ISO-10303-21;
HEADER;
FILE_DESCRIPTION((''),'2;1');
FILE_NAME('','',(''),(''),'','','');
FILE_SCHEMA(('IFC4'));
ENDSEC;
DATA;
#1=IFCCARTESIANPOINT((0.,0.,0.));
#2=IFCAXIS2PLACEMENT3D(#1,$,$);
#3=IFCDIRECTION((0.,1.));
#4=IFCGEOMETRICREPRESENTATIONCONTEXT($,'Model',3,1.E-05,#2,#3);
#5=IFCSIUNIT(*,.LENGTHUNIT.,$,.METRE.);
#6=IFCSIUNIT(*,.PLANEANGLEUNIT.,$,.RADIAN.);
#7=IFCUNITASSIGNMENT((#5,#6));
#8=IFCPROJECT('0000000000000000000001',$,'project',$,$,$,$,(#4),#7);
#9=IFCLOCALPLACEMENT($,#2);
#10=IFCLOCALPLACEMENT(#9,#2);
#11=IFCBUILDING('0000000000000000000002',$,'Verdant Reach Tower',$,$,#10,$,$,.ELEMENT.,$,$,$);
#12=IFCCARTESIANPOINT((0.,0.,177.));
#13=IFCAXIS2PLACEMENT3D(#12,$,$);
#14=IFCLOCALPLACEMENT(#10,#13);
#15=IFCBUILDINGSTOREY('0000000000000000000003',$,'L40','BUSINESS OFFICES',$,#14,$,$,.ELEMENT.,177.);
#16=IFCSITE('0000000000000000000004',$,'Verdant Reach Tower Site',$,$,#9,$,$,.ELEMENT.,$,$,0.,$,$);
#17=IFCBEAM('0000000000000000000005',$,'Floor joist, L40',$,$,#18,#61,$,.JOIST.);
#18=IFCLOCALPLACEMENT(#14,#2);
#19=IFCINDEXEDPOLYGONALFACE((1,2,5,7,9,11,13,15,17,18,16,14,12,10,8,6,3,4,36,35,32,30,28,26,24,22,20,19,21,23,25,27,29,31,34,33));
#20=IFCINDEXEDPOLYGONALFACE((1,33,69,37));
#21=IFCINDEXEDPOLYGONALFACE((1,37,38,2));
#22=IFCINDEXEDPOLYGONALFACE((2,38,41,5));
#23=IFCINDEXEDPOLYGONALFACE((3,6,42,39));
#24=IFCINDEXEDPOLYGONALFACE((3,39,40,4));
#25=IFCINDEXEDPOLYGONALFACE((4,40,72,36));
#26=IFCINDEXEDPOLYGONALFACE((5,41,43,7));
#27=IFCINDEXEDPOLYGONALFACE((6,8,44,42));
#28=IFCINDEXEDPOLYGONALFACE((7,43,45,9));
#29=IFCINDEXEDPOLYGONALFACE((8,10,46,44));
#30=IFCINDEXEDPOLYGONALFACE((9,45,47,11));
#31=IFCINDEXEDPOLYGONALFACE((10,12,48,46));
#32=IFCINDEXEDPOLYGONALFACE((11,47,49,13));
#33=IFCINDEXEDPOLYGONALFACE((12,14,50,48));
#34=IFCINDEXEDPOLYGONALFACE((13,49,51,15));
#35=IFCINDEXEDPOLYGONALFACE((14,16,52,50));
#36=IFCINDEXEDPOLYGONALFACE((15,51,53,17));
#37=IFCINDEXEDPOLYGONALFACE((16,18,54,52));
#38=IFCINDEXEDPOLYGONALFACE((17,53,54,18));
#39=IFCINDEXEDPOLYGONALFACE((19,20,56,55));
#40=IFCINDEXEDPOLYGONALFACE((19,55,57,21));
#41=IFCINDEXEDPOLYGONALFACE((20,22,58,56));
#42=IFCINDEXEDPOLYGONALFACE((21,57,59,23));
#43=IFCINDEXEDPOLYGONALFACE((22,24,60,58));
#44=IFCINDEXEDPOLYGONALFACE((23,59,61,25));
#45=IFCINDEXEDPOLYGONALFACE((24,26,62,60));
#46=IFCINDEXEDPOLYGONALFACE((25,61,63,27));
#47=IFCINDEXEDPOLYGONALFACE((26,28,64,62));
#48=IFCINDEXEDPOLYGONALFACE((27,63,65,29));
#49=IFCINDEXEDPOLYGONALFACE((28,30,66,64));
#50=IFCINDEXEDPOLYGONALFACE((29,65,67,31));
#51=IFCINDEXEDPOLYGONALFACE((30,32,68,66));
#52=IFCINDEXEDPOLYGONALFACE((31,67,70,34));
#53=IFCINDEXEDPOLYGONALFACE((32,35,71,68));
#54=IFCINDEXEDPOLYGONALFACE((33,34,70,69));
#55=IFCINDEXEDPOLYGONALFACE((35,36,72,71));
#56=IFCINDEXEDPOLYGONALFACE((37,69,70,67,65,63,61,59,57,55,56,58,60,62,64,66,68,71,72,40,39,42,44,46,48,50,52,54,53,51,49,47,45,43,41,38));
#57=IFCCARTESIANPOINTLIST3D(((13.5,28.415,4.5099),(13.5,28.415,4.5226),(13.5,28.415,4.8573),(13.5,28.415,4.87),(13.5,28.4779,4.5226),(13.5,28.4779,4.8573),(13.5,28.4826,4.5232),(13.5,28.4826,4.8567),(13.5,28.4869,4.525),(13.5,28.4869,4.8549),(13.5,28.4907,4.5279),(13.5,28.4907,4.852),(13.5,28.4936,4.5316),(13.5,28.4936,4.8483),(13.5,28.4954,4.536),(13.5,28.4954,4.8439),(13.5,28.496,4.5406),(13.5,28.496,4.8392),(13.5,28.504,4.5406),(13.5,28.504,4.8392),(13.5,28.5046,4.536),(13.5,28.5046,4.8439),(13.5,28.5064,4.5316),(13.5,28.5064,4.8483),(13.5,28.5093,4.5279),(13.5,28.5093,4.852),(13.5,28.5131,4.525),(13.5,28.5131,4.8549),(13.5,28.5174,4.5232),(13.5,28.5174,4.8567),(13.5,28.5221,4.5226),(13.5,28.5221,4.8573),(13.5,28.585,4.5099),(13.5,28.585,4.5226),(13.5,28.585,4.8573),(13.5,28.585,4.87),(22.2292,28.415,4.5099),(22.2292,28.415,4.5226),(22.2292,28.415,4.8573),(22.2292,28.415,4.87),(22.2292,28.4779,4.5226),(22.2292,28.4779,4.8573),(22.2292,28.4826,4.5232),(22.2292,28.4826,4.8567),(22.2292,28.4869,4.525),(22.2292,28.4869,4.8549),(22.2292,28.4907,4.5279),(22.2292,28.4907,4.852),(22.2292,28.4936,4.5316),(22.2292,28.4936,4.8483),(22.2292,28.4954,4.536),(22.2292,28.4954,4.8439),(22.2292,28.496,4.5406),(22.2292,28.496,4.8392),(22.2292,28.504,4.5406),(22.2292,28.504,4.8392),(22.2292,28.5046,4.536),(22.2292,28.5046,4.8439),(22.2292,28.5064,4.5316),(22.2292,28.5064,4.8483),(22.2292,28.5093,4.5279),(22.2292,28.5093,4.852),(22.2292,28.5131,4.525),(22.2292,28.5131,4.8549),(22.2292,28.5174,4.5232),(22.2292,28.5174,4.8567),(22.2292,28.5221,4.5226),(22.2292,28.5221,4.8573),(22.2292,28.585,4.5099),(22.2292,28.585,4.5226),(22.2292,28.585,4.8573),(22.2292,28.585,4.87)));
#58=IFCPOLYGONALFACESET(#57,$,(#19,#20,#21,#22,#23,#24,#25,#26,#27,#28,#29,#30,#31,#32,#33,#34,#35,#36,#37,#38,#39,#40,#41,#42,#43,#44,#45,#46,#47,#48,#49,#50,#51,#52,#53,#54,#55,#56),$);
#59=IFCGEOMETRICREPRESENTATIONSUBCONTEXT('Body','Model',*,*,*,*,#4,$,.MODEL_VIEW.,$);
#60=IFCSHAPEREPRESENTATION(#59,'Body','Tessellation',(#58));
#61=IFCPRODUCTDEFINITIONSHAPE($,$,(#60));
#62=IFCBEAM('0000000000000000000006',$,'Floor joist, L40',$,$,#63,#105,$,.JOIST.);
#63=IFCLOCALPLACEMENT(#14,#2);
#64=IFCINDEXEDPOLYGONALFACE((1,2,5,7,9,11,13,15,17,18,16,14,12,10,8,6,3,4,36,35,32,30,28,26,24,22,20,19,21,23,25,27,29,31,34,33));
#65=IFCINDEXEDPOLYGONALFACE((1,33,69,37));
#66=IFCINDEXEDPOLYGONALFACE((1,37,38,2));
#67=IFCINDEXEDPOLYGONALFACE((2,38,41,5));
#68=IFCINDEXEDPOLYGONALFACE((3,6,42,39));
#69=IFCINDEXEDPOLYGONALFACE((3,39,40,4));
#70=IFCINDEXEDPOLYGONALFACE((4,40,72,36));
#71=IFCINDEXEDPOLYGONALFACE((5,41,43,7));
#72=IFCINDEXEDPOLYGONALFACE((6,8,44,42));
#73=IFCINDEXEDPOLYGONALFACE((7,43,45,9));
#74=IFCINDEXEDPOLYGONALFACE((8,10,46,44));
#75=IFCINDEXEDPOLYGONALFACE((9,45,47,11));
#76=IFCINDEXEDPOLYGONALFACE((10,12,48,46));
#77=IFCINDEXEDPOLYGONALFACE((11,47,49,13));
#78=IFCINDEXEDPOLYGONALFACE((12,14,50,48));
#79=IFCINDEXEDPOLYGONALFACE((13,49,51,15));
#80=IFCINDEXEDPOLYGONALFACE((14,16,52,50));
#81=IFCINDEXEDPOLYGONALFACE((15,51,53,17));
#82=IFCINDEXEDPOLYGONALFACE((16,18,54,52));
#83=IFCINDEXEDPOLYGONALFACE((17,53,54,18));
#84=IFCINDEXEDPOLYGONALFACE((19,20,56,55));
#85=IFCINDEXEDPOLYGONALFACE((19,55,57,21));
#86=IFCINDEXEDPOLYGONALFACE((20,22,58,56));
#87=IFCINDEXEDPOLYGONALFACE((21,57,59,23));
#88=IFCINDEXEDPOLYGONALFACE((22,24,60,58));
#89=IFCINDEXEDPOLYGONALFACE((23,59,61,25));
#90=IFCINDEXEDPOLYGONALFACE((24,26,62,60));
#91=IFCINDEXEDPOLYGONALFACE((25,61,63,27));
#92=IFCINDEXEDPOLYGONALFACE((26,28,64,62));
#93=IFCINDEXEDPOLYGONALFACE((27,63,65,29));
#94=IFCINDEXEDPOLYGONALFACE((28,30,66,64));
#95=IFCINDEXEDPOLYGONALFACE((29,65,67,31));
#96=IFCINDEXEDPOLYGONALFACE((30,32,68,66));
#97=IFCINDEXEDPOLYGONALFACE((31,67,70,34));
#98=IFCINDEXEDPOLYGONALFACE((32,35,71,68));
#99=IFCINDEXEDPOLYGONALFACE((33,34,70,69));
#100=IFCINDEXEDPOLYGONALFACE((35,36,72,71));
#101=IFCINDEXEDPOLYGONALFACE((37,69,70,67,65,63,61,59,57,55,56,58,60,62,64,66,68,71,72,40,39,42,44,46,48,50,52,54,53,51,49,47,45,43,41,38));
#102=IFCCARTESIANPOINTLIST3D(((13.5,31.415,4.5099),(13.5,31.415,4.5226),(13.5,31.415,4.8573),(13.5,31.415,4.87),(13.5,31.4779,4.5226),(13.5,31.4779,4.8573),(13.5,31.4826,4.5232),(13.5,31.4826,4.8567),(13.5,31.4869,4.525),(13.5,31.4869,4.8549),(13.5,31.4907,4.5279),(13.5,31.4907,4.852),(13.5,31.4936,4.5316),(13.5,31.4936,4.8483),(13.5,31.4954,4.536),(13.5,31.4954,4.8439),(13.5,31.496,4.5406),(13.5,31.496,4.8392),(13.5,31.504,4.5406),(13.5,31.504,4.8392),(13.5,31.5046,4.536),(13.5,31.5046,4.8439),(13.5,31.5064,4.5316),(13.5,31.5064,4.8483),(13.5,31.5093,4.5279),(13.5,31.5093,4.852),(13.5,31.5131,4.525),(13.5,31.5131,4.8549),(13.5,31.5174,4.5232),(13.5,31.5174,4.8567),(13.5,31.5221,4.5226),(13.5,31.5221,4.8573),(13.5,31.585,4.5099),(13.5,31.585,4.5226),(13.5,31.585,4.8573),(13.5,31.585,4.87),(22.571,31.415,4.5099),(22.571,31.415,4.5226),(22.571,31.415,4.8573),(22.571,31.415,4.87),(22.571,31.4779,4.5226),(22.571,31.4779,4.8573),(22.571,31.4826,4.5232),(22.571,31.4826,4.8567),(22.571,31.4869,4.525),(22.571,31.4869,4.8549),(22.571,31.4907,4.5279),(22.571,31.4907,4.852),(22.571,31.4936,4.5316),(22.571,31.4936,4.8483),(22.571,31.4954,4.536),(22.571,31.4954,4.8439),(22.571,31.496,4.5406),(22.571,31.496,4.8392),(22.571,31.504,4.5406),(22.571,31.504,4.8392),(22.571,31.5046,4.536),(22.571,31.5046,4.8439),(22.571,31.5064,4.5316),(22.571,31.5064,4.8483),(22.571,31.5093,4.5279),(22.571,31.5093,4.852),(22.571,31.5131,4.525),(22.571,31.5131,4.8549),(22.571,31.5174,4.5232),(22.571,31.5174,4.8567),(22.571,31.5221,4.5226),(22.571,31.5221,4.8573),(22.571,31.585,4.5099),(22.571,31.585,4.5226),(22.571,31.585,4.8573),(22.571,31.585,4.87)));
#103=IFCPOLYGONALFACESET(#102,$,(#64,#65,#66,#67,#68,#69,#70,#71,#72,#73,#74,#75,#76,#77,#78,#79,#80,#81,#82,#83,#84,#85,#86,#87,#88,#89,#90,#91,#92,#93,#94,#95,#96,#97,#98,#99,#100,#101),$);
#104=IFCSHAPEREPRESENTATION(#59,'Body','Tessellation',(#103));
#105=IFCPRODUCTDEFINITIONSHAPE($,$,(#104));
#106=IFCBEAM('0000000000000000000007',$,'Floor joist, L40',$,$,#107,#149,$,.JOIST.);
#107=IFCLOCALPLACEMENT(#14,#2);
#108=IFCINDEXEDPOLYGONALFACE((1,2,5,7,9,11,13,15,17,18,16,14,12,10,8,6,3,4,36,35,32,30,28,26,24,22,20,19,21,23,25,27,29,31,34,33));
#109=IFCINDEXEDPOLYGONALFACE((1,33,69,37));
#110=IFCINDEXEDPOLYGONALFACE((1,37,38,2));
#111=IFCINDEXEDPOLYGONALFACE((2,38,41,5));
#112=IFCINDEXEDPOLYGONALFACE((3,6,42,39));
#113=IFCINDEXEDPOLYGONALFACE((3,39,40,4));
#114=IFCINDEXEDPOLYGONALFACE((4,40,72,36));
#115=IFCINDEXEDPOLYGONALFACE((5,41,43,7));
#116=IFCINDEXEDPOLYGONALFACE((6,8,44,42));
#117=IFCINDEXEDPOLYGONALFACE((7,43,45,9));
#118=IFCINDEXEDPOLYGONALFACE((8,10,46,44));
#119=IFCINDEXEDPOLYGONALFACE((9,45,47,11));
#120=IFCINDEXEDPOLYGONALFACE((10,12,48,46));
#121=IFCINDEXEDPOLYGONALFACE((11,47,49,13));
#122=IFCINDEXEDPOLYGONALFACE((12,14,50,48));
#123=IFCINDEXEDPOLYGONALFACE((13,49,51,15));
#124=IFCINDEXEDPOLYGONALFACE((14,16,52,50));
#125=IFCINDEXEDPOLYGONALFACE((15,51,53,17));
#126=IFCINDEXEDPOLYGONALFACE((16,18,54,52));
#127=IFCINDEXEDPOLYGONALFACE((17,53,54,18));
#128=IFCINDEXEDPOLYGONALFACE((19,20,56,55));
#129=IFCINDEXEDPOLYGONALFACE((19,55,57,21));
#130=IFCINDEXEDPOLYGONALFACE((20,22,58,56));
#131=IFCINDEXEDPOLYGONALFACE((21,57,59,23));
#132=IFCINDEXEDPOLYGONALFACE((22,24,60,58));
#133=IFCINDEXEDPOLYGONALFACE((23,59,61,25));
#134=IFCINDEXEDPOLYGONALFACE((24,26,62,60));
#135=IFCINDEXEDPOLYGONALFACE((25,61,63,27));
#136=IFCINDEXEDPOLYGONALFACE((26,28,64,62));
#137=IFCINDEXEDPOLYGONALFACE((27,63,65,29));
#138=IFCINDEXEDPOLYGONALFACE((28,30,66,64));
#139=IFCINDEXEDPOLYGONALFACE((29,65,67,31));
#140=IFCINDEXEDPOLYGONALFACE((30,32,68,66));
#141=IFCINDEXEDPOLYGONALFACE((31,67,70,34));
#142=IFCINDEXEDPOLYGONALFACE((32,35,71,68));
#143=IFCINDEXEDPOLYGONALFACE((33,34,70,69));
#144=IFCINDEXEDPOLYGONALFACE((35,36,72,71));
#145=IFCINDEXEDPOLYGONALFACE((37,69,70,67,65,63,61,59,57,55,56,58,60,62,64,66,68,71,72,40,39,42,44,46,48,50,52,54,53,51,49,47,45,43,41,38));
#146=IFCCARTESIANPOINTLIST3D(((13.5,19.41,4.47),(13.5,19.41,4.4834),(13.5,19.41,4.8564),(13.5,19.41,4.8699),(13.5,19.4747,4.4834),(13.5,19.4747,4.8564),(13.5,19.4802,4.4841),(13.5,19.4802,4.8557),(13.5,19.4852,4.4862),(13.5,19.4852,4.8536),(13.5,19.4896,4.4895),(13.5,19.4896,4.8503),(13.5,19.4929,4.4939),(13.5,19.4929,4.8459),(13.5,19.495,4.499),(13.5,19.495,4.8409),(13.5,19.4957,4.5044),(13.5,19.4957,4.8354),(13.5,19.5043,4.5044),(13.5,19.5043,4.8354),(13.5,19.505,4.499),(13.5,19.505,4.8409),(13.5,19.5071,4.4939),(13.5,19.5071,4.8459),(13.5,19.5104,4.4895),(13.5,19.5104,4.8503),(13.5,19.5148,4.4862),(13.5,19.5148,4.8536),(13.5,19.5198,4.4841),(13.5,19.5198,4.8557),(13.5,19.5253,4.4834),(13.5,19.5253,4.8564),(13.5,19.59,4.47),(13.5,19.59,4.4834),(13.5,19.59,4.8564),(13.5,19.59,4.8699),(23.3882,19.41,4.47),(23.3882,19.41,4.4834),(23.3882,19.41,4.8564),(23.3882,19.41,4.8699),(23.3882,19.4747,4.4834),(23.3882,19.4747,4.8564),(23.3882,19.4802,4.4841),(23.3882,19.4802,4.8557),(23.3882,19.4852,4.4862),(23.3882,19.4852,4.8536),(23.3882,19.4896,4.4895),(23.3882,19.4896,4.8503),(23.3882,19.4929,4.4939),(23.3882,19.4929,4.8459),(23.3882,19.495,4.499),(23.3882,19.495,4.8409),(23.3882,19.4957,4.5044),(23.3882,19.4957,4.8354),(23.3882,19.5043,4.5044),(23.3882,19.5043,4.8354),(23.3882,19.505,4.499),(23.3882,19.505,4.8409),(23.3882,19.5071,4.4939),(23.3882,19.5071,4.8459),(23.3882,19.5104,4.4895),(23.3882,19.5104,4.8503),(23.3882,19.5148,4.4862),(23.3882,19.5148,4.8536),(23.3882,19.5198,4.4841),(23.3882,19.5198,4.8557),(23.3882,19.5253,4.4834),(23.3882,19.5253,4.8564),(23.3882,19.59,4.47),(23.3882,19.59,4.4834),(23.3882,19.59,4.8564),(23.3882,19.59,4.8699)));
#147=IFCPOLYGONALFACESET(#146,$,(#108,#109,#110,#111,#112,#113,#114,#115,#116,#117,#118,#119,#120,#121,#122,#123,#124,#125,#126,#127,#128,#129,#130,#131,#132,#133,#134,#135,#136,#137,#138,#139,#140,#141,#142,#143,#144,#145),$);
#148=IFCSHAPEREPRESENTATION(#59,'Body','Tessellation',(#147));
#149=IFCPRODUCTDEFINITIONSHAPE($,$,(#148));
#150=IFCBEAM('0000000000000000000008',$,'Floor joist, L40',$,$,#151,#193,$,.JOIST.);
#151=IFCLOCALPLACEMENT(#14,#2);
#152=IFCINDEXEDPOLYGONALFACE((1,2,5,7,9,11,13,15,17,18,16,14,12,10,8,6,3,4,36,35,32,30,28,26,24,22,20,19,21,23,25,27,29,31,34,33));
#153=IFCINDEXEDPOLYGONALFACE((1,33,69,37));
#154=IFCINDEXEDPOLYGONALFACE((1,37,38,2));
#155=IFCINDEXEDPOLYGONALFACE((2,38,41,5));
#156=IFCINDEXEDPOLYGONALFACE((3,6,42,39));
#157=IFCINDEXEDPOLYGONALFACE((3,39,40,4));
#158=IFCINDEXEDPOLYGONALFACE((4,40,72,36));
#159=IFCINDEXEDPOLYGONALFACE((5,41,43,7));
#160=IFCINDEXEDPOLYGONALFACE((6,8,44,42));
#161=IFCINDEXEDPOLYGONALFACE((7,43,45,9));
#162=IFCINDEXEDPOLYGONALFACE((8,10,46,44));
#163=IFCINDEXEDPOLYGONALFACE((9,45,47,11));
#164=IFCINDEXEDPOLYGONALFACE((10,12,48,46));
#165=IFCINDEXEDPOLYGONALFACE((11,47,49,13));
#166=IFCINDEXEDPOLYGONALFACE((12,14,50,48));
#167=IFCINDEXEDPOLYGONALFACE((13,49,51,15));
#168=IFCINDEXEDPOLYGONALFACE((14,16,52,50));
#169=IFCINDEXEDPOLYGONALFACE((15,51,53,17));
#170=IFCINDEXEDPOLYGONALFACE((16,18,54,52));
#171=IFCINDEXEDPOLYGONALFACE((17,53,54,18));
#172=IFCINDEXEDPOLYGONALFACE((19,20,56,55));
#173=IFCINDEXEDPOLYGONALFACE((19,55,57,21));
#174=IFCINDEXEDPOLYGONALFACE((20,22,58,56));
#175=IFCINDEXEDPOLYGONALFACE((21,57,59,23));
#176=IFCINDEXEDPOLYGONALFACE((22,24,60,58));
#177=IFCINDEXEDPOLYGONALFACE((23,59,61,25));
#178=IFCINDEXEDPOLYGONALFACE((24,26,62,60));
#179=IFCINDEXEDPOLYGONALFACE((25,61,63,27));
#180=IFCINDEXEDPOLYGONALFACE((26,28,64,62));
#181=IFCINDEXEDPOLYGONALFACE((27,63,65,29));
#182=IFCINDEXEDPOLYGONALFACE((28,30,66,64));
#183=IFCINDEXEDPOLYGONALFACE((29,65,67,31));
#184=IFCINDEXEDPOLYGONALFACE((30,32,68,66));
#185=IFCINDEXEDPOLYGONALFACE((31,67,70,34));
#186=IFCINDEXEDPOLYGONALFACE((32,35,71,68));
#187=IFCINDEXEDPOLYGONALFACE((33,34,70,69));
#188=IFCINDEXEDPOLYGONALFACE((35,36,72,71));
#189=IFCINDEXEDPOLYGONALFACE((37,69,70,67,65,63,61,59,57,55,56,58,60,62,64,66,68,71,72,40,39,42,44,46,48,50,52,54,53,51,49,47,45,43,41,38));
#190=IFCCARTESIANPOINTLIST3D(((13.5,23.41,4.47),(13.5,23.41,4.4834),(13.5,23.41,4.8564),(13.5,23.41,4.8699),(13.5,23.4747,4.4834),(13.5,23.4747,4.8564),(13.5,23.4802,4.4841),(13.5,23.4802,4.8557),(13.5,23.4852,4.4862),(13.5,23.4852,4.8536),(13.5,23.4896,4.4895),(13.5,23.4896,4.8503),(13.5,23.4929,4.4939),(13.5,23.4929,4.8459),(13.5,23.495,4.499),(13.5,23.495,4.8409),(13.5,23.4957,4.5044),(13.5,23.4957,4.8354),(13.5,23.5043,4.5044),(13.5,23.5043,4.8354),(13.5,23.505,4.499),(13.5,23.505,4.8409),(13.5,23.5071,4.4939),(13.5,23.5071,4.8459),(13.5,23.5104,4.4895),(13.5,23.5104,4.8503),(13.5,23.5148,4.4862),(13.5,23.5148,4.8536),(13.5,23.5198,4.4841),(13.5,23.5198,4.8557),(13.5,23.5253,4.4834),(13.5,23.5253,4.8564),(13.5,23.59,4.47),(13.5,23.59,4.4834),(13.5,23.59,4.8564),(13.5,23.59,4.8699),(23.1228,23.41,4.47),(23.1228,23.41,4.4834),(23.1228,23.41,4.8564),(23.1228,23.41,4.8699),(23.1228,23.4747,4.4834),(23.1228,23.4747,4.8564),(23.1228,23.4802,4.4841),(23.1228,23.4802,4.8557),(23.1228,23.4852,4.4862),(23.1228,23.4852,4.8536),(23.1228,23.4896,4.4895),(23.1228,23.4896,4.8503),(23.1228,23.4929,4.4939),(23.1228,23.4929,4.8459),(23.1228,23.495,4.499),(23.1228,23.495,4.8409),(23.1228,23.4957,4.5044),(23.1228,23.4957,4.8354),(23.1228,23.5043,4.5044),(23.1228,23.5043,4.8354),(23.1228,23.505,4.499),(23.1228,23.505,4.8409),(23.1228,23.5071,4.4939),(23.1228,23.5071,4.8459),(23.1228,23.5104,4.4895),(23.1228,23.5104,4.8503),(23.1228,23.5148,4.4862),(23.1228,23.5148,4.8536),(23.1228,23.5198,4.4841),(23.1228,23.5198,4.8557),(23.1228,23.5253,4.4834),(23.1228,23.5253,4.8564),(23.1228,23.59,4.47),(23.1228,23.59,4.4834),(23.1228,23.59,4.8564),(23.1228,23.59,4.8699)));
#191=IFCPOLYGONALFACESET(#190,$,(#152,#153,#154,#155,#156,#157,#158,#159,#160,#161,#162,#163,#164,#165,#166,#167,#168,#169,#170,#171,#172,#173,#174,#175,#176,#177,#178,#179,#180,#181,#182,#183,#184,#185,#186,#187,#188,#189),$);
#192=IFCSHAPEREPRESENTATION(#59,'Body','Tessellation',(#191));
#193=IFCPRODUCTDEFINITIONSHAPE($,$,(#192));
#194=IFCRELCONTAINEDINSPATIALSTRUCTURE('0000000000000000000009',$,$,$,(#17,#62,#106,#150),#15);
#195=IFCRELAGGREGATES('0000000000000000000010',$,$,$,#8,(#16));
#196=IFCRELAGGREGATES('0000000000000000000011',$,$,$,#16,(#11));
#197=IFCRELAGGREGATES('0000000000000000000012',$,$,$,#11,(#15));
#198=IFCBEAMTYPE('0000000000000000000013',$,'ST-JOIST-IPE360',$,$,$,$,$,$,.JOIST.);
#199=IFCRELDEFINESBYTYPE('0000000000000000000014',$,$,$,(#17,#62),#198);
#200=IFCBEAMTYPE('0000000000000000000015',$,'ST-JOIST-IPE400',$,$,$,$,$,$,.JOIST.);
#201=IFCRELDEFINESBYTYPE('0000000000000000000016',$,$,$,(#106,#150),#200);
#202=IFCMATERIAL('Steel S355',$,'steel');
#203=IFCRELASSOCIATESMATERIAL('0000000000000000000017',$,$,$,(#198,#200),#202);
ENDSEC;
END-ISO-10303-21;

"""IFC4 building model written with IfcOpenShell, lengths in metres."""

from ifc_helpers import new_model, si_unit, direction, frame, origin, origin_2d, place, context, subcontext, project, spatial, i_section, extrude, material, material_profile, profile_set, type_object, element, save


model = new_model("IFC4")

# Units and contexts
model_context = context("Model", 3, precision=1e-05, world=origin(), true_north=direction((0.0, 1.0)))
body_context = subcontext(model_context, "Body", "Model", "MODEL_VIEW")
ifc_project = project(units=[si_unit("LENGTHUNIT", "METRE"), si_unit("PLANEANGLEUNIT", "RADIAN")], contexts=[model_context])

# Site, building, storey
site_placement = place(None, origin())
site = spatial("IfcSite", under=ifc_project, at=site_placement, Name="Verdant Reach Tower Site", CompositionType="ELEMENT", RefElevation=0.0)
building_placement = place(site_placement, origin())
building = spatial("IfcBuilding", under=site, at=building_placement, Name="Verdant Reach Tower", CompositionType="ELEMENT")
storey_placement = place(building_placement, frame((0.0, 0.0, 177.0)))
storey = spatial("IfcBuildingStorey", under=building, at=storey_placement, Name="L40", Description="BUSINESS OFFICES", CompositionType="ELEMENT", Elevation=177.0)

# Beams
ifc_material_1 = material(Name="Steel S355", Category="steel")
ifc_material_profile_1 = material_profile(ifc_material_1, i_section(OverallWidth=0.1699, OverallDepth=0.3601, WebThickness=0.0081, FlangeThickness=0.0127, FilletRadius=0.0181, at=origin_2d()), Name="IPE 360")
ifc_profile_set_1 = profile_set([ifc_material_profile_1], Name="Steel S355")
beam_type_1 = type_object("IfcBeamType", Name="ST-JOIST-IPE360", PredefinedType="JOIST", material=ifc_profile_set_1)
beam_1_placement = place(storey_placement, frame((13.5, 28.5, 4.6899), z_axis=(1.0, 0.0, 0.0), x_axis=(0.0, 1.0, 0.0)))
element("IfcBeam", 1, at=beam_1_placement, inside=storey, type_object=beam_type_1, Name="Floor joist, L40", PredefinedType="JOIST", context=body_context, shape_type="SweptSolid", body=[
    extrude(i_section(OverallWidth=0.1699, OverallDepth=0.3601, WebThickness=0.0081, FlangeThickness=0.0127, FilletRadius=0.0181, at=origin_2d()), origin(), (0.0, 0.0, 1.0), 8.7292),
])
beam_2_placement = place(storey_placement, frame((13.5, 31.5, 4.6899), z_axis=(1.0, 0.0, 0.0), x_axis=(0.0, 1.0, 0.0)))
element("IfcBeam", 2, at=beam_2_placement, inside=storey, type_object=beam_type_1, Name="Floor joist, L40", PredefinedType="JOIST", context=body_context, shape_type="SweptSolid", body=[
    extrude(i_section(OverallWidth=0.1699, OverallDepth=0.3601, WebThickness=0.0081, FlangeThickness=0.0127, FilletRadius=0.0181, at=origin_2d()), origin(), (0.0, 0.0, 1.0), 9.071),
])
ifc_material_profile_2 = material_profile(ifc_material_1, i_section(OverallWidth=0.1799, OverallDepth=0.3999, WebThickness=0.0085, FlangeThickness=0.0134, FilletRadius=0.021, at=origin_2d()), Name="IPE 400")
ifc_profile_set_2 = profile_set([ifc_material_profile_2], Name="Steel S355")
beam_type_2 = type_object("IfcBeamType", Name="ST-JOIST-IPE400", PredefinedType="JOIST", material=ifc_profile_set_2)
beam_3_placement = place(storey_placement, frame((13.5, 19.5, 4.6699), z_axis=(1.0, 0.0, 0.0), x_axis=(0.0, 1.0, 0.0)))
element("IfcBeam", 3, at=beam_3_placement, inside=storey, type_object=beam_type_2, Name="Floor joist, L40", PredefinedType="JOIST", context=body_context, shape_type="SweptSolid", body=[
    extrude(i_section(OverallWidth=0.1799, OverallDepth=0.3999, WebThickness=0.0085, FlangeThickness=0.0134, FilletRadius=0.021, at=origin_2d()), origin(), (0.0, 0.0, 1.0), 9.8882),
])
beam_4_placement = place(storey_placement, frame((13.5, 23.5, 4.6699), z_axis=(1.0, 0.0, 0.0), x_axis=(0.0, 1.0, 0.0)))
element("IfcBeam", 4, at=beam_4_placement, inside=storey, type_object=beam_type_2, Name="Floor joist, L40", PredefinedType="JOIST", context=body_context, shape_type="SweptSolid", body=[
    extrude(i_section(OverallWidth=0.1799, OverallDepth=0.3999, WebThickness=0.0085, FlangeThickness=0.0134, FilletRadius=0.021, at=origin_2d()), origin(), (0.0, 0.0, 1.0), 9.6228),
])

save(model, "model.ifc")
